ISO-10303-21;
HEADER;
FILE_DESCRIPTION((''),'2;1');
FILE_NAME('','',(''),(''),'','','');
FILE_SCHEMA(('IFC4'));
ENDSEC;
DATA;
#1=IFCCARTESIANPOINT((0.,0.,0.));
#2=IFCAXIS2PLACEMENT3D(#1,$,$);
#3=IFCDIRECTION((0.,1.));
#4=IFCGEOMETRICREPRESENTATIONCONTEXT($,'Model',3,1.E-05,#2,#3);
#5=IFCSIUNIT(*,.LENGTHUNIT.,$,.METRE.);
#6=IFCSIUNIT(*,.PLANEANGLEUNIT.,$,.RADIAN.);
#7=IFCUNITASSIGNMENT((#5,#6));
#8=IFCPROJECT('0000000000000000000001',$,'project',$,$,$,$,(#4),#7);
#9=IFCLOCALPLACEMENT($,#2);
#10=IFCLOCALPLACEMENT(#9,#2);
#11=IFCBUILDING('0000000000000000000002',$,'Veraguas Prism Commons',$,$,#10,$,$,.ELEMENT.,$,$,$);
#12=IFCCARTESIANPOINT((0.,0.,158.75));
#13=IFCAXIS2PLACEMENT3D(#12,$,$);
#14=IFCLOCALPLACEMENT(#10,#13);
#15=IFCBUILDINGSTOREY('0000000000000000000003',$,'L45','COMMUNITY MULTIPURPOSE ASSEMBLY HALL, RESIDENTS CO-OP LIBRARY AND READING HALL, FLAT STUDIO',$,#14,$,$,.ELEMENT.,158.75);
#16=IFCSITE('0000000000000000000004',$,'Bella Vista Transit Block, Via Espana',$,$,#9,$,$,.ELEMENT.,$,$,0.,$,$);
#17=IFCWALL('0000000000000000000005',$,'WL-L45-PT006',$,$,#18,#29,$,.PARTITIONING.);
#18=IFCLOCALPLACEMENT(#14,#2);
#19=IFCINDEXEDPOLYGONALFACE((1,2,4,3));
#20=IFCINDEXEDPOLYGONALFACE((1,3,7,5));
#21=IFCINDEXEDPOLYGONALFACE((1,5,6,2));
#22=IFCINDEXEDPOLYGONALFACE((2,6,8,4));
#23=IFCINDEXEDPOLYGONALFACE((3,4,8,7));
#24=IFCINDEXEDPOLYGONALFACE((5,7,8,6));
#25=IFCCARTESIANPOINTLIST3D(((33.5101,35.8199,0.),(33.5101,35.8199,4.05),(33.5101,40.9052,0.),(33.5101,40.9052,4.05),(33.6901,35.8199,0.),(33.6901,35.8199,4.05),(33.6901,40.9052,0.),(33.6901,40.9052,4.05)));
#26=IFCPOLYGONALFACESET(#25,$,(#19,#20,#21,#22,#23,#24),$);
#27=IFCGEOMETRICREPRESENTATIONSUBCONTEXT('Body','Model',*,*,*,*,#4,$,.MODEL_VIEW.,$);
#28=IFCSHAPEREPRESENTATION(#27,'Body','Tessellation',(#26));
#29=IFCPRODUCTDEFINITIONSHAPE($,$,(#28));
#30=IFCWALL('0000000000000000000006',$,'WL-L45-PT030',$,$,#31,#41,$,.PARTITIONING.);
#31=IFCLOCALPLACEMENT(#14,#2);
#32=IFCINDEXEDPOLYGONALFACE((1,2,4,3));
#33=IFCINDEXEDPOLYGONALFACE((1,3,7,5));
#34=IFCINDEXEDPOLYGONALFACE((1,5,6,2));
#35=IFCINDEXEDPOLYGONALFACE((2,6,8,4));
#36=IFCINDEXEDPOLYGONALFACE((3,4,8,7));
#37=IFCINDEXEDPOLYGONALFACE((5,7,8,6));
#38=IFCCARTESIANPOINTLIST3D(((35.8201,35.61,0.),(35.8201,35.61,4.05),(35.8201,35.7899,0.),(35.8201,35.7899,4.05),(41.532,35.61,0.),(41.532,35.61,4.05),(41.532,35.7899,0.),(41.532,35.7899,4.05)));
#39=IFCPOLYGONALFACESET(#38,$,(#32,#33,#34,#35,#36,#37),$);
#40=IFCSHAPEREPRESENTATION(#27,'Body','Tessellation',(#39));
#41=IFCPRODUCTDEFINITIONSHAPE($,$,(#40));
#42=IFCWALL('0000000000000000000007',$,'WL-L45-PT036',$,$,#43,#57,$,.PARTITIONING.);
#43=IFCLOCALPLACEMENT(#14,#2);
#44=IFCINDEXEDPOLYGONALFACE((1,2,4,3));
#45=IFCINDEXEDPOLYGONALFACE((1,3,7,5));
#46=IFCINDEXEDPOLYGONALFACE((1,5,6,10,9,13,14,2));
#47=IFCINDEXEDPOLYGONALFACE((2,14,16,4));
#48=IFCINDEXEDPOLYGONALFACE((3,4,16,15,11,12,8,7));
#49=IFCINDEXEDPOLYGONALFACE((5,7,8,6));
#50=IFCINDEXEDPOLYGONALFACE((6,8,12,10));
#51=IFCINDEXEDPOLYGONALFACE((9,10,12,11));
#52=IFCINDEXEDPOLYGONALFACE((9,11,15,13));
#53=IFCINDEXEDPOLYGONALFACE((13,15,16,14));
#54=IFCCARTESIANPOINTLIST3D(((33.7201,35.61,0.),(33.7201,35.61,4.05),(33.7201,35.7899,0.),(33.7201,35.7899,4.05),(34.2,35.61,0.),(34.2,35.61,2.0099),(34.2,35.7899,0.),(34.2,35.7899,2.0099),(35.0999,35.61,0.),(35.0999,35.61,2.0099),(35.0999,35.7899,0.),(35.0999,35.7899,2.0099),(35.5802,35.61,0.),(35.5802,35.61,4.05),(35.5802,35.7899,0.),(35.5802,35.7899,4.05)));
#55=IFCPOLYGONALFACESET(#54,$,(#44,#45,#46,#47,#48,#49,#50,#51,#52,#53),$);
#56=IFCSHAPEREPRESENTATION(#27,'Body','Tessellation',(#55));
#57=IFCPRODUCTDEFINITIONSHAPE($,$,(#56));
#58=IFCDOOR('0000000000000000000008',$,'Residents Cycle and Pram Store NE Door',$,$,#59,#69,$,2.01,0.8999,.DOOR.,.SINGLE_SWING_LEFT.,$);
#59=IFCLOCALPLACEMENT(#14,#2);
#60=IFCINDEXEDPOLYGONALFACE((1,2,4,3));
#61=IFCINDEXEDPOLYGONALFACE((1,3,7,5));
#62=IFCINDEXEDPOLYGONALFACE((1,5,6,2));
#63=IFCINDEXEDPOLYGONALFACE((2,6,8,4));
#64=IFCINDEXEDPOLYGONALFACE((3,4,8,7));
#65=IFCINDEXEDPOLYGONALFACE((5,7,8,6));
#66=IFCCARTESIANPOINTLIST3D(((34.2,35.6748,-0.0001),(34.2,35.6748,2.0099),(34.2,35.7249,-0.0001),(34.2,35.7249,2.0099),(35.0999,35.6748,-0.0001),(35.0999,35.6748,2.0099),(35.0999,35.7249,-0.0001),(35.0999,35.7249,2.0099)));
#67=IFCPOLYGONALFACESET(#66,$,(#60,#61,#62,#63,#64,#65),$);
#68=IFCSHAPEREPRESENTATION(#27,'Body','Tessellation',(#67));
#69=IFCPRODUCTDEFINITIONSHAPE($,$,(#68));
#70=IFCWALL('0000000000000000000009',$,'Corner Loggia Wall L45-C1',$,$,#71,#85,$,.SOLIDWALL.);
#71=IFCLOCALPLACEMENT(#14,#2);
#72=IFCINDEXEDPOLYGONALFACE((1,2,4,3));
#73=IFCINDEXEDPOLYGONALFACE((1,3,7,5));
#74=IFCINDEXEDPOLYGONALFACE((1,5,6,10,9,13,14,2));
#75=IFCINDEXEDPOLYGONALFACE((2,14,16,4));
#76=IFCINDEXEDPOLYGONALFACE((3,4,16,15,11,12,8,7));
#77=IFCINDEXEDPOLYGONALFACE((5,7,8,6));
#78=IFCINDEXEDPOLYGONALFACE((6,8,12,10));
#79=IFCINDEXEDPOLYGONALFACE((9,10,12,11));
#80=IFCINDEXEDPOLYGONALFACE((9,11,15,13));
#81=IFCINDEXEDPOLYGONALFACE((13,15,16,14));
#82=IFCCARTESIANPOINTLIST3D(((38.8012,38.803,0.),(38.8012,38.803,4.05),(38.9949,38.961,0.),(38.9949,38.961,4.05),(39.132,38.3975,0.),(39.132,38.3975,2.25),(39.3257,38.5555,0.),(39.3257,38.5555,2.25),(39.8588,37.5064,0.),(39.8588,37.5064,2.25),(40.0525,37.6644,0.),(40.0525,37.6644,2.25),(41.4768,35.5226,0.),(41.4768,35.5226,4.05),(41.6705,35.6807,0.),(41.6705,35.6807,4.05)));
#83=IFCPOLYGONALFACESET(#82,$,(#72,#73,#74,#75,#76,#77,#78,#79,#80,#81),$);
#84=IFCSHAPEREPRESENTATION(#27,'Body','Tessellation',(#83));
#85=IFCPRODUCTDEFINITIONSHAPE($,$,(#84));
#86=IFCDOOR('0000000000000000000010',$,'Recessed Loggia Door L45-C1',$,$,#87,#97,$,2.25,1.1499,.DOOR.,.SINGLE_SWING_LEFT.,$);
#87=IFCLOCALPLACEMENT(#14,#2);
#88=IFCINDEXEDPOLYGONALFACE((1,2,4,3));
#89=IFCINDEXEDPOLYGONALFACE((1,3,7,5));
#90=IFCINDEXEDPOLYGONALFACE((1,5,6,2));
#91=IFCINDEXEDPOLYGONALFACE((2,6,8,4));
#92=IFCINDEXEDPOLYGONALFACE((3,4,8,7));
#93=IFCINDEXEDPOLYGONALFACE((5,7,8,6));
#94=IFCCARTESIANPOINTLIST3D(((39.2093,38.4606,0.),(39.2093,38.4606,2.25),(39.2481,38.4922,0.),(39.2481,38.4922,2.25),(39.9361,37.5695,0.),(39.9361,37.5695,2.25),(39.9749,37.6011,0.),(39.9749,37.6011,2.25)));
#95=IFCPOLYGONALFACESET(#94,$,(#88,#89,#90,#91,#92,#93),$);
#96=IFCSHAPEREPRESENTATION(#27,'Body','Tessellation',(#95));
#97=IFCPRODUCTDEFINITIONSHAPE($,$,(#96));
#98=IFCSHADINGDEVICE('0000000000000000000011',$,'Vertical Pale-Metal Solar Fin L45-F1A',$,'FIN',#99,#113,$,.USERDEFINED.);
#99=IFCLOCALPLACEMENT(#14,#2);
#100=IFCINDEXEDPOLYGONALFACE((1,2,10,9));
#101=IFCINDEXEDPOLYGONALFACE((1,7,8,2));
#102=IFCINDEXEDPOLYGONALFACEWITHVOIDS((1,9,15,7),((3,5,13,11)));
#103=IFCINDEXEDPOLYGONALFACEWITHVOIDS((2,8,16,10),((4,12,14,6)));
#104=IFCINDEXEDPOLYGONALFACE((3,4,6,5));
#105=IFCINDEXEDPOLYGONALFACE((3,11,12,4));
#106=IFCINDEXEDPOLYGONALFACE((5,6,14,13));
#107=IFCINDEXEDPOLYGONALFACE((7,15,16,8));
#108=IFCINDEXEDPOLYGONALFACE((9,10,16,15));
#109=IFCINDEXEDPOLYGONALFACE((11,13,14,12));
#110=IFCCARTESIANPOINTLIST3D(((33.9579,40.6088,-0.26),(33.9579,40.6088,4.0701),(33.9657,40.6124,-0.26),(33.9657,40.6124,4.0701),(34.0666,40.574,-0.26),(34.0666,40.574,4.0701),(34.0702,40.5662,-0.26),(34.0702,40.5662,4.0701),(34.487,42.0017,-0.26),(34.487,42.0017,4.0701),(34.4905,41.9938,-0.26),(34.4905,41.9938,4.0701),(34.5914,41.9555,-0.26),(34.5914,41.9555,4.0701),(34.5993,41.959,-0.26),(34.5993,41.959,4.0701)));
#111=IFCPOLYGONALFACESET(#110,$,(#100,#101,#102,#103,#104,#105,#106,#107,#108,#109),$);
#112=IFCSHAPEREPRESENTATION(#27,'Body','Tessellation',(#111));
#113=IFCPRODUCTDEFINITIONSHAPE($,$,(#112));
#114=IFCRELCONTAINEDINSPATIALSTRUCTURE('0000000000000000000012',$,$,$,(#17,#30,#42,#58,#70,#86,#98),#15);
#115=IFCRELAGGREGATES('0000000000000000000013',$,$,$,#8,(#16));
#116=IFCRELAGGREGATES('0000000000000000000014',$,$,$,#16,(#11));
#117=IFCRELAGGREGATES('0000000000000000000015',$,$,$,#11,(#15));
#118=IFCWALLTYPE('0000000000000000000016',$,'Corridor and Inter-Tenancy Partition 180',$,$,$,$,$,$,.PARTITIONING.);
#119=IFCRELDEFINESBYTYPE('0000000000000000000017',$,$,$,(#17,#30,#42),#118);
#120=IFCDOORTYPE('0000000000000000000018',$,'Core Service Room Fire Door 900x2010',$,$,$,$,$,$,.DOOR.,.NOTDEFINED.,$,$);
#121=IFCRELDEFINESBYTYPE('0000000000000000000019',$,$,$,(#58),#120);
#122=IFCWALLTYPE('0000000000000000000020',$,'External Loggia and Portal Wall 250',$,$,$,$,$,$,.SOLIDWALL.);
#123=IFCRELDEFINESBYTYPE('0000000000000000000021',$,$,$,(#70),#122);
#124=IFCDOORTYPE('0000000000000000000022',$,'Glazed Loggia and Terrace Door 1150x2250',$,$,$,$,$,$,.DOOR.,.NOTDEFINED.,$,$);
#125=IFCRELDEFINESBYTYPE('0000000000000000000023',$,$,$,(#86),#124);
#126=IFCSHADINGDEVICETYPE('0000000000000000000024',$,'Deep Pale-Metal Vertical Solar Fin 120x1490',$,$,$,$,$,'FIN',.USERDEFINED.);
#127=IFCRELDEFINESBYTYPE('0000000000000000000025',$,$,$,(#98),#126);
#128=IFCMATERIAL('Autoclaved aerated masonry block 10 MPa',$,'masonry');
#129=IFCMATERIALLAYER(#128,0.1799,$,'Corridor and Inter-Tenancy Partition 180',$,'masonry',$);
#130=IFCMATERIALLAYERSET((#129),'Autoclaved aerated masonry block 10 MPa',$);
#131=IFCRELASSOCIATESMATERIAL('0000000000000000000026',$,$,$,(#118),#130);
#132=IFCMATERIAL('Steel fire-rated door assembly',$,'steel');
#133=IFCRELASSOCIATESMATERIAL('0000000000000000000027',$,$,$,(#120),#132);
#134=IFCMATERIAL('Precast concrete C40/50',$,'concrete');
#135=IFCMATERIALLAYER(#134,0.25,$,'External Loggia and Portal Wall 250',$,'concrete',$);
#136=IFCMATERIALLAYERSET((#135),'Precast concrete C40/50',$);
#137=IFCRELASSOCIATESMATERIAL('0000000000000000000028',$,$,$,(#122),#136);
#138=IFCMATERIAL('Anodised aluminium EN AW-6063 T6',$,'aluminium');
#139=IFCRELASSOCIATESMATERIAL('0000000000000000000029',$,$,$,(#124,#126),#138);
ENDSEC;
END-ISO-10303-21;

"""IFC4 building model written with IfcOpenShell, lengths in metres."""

from ifc_helpers import new_model, si_unit, direction, frame, frame_2d, origin, origin_2d, place, context, subcontext, project, spatial, rectangle, hollow_rectangle, extrude, source, transform, mapped, material, layer, layer_set, material_profile, profile_set, type_object, element, fill, save


model = new_model("IFC4")

# Units and contexts
model_context = context("Model", 3, precision=1e-05, world=origin(), true_north=direction((0.0, 1.0)))
body_context = subcontext(model_context, "Body", "Model", "MODEL_VIEW")
ifc_project = project(units=[si_unit("LENGTHUNIT", "METRE"), si_unit("PLANEANGLEUNIT", "RADIAN")], contexts=[model_context])

# Site, building, storey
site_placement = place(None, origin())
site = spatial("IfcSite", under=ifc_project, at=site_placement, Name="Bella Vista Transit Block, Via Espana", CompositionType="ELEMENT", RefElevation=0.0)
building_placement = place(site_placement, origin())
building = spatial("IfcBuilding", under=site, at=building_placement, Name="Veraguas Prism Commons", CompositionType="ELEMENT")
storey_placement = place(building_placement, frame((0.0, 0.0, 158.75)))
storey = spatial("IfcBuildingStorey", under=building, at=storey_placement, Name="L45", Description="COMMUNITY MULTIPURPOSE ASSEMBLY HALL, RESIDENTS CO-OP LIBRARY AND READING HALL, FLAT STUDIO", CompositionType="ELEMENT", Elevation=158.75)

# Shared definitions
ifc_material_1 = material(Name="Anodised aluminium EN AW-6063 T6", Category="aluminium")

# Walls
ifc_material_2 = material(Name="Autoclaved aerated masonry block 10 MPa", Category="masonry")
ifc_layer_1 = layer(ifc_material_2, 0.1799, Name="Corridor and Inter-Tenancy Partition 180", Category="masonry")
ifc_layer_set_1 = layer_set([ifc_layer_1], Name="Autoclaved aerated masonry block 10 MPa")
wall_type_1 = type_object("IfcWallType", Name="Corridor and Inter-Tenancy Partition 180", PredefinedType="PARTITIONING", material=ifc_layer_set_1)
wall_1_placement = place(storey_placement, frame((33.6001, 35.8201, 0.0), z_axis=(0.0, 0.0, 1.0), x_axis=(0.0, 1.0, 0.0)))
element("IfcWall", 1, at=wall_1_placement, inside=storey, type_object=wall_type_1, Name="WL-L45-PT006", PredefinedType="PARTITIONING", context=body_context, shape_type="SweptSolid", body=[
    extrude(rectangle(XDim=5.0852, YDim=0.1799, at=frame_2d((2.5425, 0.0))), origin(), (0.0, 0.0, 1.0), 4.05),
])
wall_2_placement = place(storey_placement, frame((35.8201, 35.7, 0.0), z_axis=(0.0, 0.0, 1.0), x_axis=(1.0, 0.0, 0.0)))
element("IfcWall", 2, at=wall_2_placement, inside=storey, type_object=wall_type_1, Name="WL-L45-PT030", PredefinedType="PARTITIONING", context=body_context, shape_type="SweptSolid", body=[
    extrude(rectangle(XDim=5.7119, YDim=0.1799, at=frame_2d((2.856, 0.0))), origin(), (0.0, 0.0, 1.0), 4.05),
])

# Walls, openings, doors
wall_3_placement = place(storey_placement, frame((33.72, 35.7, 0.0), z_axis=(0.0, 0.0, 1.0), x_axis=(1.0, 0.0, 0.0)))
wall_3 = element("IfcWall", 3, at=wall_3_placement, inside=storey, type_object=wall_type_1, Name="WL-L45-PT036", PredefinedType="PARTITIONING", context=body_context, shape_type="SweptSolid", body=[
    extrude(rectangle(XDim=1.8601, YDim=0.1799, at=frame_2d((0.9302, 0.0))), origin(), (0.0, 0.0, 1.0), 4.05),
])
opening_1_placement = place(wall_3_placement, frame((0.48, 0.0, 0.0)))
opening_1 = element("IfcOpeningElement", 4, at=opening_1_placement, cuts=wall_3, PredefinedType="OPENING", context=body_context, shape_type="SweptSolid", body=[
    extrude(rectangle(XDim=0.8999, YDim=2.01, at=frame_2d((0.45, 1.0049))), frame((0.0, 0.0999, 0.0), z_axis=(0.0, -1.0, 0.0), x_axis=(1.0, 0.0, 0.0)), (0.0, 0.0, 1.0), 0.2),
])
ifc_material_3 = material(Name="Steel fire-rated door assembly", Category="steel")
door_type_1 = type_object("IfcDoorType", Name="Core Service Room Fire Door 900x2010", OperationType="NOTDEFINED", PredefinedType="DOOR", material=ifc_material_3)
shared_shape_1 = source(origin(), body_context, "Body", "SweptSolid", [
    extrude(rectangle(XDim=0.8999, YDim=2.01, at=frame_2d((0.45, 1.0049))), frame((0.0, 0.0249, 0.0), z_axis=(0.0, -1.0, 0.0), x_axis=(1.0, 0.0, 0.0)), (0.0, 0.0, 1.0), 0.05),
])
door_1_placement = place(opening_1_placement, origin())
door_1 = element("IfcDoor", 5, at=door_1_placement, inside=storey, type_object=door_type_1, Name="Residents Cycle and Pram Store NE Door", OperationType="SINGLE_SWING_LEFT", OverallHeight=2.01, OverallWidth=0.8999, PredefinedType="DOOR", context=body_context, shape_type="MappedRepresentation", body=[
    mapped(shared_shape_1, transform((0.0, 0.0, 0.0), scale=1.0)),
])
fill(opening_1, door_1)
ifc_material_4 = material(Name="Precast concrete C40/50", Category="concrete")
ifc_layer_2 = layer(ifc_material_4, 0.25, Name="External Loggia and Portal Wall 250", Category="concrete")
ifc_layer_set_2 = layer_set([ifc_layer_2], Name="Precast concrete C40/50")
wall_type_2 = type_object("IfcWallType", Name="External Loggia and Portal Wall 250", PredefinedType="SOLIDWALL", material=ifc_layer_set_2)
wall_4_placement = place(storey_placement, frame((41.5737, 35.6016, 0.0), z_axis=(0.0, 0.0, 1.0), x_axis=(-0.632059, 0.77492, 0.0)))
wall_4 = element("IfcWall", 6, at=wall_4_placement, inside=storey, type_object=wall_type_2, Name="Corner Loggia Wall L45-C1", PredefinedType="SOLIDWALL", context=body_context, shape_type="SweptSolid", body=[
    extrude(rectangle(XDim=4.2332, YDim=0.25, at=frame_2d((2.1167, 0.0))), origin(), (0.0, 0.0, 1.0), 4.05),
])
opening_2_placement = place(wall_4_placement, frame((2.5601, 0.0, 0.0)))
opening_2 = element("IfcOpeningElement", 7, at=opening_2_placement, cuts=wall_4, PredefinedType="OPENING", context=body_context, shape_type="SweptSolid", body=[
    extrude(rectangle(XDim=1.1499, YDim=2.25, at=frame_2d((0.575, 1.125))), frame((0.0, 0.135, 0.0), z_axis=(0.0, -1.0, 0.0), x_axis=(1.0, 0.0, 0.0)), (0.0, 0.0, 1.0), 0.27),
])
door_type_2 = type_object("IfcDoorType", Name="Glazed Loggia and Terrace Door 1150x2250", OperationType="NOTDEFINED", PredefinedType="DOOR", material=ifc_material_1)
shared_shape_2 = source(origin(), body_context, "Body", "SweptSolid", [
    extrude(rectangle(XDim=1.1499, YDim=2.25, at=frame_2d((0.575, 1.125))), frame((0.0, 0.0249, 0.0), z_axis=(0.0, -1.0, 0.0), x_axis=(1.0, 0.0, 0.0)), (0.0, 0.0, 1.0), 0.05),
])
door_2_placement = place(opening_2_placement, frame((1.1499, 0.0, 0.0), z_axis=(0.0, 0.0, 1.0), x_axis=(-1.0, 0.0, 0.0)))
door_2 = element("IfcDoor", 8, at=door_2_placement, inside=storey, type_object=door_type_2, Name="Recessed Loggia Door L45-C1", OperationType="SINGLE_SWING_LEFT", OverallHeight=2.25, OverallWidth=1.1499, PredefinedType="DOOR", context=body_context, shape_type="MappedRepresentation", body=[
    mapped(shared_shape_2, transform((0.0, 0.0, 0.0), scale=1.0)),
])
fill(opening_2, door_2)

# Shading device
ifc_material_profile_1 = material_profile(ifc_material_1, hollow_rectangle(XDim=0.1201, YDim=1.49, WallThickness=0.0061, at=origin_2d()), Name="FIN120X1490X6")
ifc_profile_set_1 = profile_set([ifc_material_profile_1], Name="Anodised aluminium EN AW-6063 T6")
shading_device_type = type_object("IfcShadingDeviceType", Name="Deep Pale-Metal Vertical Solar Fin 120x1490", ElementType="FIN", PredefinedType="USERDEFINED", material=ifc_profile_set_1)
shading_device_placement = place(storey_placement, frame((34.2786, 41.2839, -0.26), z_axis=(0.0, 0.0, 1.0), x_axis=(-0.934825, 0.355109, 0.0)))
element("IfcShadingDevice", 9, at=shading_device_placement, inside=storey, type_object=shading_device_type, Name="Vertical Pale-Metal Solar Fin L45-F1A", ObjectType="FIN", PredefinedType="USERDEFINED", context=body_context, shape_type="SweptSolid", body=[
    extrude(hollow_rectangle(XDim=0.1201, YDim=1.49, WallThickness=0.0061, at=origin_2d()), origin(), (0.0, 0.0, 1.0), 4.3301),
])

save(model, "model.ifc")
